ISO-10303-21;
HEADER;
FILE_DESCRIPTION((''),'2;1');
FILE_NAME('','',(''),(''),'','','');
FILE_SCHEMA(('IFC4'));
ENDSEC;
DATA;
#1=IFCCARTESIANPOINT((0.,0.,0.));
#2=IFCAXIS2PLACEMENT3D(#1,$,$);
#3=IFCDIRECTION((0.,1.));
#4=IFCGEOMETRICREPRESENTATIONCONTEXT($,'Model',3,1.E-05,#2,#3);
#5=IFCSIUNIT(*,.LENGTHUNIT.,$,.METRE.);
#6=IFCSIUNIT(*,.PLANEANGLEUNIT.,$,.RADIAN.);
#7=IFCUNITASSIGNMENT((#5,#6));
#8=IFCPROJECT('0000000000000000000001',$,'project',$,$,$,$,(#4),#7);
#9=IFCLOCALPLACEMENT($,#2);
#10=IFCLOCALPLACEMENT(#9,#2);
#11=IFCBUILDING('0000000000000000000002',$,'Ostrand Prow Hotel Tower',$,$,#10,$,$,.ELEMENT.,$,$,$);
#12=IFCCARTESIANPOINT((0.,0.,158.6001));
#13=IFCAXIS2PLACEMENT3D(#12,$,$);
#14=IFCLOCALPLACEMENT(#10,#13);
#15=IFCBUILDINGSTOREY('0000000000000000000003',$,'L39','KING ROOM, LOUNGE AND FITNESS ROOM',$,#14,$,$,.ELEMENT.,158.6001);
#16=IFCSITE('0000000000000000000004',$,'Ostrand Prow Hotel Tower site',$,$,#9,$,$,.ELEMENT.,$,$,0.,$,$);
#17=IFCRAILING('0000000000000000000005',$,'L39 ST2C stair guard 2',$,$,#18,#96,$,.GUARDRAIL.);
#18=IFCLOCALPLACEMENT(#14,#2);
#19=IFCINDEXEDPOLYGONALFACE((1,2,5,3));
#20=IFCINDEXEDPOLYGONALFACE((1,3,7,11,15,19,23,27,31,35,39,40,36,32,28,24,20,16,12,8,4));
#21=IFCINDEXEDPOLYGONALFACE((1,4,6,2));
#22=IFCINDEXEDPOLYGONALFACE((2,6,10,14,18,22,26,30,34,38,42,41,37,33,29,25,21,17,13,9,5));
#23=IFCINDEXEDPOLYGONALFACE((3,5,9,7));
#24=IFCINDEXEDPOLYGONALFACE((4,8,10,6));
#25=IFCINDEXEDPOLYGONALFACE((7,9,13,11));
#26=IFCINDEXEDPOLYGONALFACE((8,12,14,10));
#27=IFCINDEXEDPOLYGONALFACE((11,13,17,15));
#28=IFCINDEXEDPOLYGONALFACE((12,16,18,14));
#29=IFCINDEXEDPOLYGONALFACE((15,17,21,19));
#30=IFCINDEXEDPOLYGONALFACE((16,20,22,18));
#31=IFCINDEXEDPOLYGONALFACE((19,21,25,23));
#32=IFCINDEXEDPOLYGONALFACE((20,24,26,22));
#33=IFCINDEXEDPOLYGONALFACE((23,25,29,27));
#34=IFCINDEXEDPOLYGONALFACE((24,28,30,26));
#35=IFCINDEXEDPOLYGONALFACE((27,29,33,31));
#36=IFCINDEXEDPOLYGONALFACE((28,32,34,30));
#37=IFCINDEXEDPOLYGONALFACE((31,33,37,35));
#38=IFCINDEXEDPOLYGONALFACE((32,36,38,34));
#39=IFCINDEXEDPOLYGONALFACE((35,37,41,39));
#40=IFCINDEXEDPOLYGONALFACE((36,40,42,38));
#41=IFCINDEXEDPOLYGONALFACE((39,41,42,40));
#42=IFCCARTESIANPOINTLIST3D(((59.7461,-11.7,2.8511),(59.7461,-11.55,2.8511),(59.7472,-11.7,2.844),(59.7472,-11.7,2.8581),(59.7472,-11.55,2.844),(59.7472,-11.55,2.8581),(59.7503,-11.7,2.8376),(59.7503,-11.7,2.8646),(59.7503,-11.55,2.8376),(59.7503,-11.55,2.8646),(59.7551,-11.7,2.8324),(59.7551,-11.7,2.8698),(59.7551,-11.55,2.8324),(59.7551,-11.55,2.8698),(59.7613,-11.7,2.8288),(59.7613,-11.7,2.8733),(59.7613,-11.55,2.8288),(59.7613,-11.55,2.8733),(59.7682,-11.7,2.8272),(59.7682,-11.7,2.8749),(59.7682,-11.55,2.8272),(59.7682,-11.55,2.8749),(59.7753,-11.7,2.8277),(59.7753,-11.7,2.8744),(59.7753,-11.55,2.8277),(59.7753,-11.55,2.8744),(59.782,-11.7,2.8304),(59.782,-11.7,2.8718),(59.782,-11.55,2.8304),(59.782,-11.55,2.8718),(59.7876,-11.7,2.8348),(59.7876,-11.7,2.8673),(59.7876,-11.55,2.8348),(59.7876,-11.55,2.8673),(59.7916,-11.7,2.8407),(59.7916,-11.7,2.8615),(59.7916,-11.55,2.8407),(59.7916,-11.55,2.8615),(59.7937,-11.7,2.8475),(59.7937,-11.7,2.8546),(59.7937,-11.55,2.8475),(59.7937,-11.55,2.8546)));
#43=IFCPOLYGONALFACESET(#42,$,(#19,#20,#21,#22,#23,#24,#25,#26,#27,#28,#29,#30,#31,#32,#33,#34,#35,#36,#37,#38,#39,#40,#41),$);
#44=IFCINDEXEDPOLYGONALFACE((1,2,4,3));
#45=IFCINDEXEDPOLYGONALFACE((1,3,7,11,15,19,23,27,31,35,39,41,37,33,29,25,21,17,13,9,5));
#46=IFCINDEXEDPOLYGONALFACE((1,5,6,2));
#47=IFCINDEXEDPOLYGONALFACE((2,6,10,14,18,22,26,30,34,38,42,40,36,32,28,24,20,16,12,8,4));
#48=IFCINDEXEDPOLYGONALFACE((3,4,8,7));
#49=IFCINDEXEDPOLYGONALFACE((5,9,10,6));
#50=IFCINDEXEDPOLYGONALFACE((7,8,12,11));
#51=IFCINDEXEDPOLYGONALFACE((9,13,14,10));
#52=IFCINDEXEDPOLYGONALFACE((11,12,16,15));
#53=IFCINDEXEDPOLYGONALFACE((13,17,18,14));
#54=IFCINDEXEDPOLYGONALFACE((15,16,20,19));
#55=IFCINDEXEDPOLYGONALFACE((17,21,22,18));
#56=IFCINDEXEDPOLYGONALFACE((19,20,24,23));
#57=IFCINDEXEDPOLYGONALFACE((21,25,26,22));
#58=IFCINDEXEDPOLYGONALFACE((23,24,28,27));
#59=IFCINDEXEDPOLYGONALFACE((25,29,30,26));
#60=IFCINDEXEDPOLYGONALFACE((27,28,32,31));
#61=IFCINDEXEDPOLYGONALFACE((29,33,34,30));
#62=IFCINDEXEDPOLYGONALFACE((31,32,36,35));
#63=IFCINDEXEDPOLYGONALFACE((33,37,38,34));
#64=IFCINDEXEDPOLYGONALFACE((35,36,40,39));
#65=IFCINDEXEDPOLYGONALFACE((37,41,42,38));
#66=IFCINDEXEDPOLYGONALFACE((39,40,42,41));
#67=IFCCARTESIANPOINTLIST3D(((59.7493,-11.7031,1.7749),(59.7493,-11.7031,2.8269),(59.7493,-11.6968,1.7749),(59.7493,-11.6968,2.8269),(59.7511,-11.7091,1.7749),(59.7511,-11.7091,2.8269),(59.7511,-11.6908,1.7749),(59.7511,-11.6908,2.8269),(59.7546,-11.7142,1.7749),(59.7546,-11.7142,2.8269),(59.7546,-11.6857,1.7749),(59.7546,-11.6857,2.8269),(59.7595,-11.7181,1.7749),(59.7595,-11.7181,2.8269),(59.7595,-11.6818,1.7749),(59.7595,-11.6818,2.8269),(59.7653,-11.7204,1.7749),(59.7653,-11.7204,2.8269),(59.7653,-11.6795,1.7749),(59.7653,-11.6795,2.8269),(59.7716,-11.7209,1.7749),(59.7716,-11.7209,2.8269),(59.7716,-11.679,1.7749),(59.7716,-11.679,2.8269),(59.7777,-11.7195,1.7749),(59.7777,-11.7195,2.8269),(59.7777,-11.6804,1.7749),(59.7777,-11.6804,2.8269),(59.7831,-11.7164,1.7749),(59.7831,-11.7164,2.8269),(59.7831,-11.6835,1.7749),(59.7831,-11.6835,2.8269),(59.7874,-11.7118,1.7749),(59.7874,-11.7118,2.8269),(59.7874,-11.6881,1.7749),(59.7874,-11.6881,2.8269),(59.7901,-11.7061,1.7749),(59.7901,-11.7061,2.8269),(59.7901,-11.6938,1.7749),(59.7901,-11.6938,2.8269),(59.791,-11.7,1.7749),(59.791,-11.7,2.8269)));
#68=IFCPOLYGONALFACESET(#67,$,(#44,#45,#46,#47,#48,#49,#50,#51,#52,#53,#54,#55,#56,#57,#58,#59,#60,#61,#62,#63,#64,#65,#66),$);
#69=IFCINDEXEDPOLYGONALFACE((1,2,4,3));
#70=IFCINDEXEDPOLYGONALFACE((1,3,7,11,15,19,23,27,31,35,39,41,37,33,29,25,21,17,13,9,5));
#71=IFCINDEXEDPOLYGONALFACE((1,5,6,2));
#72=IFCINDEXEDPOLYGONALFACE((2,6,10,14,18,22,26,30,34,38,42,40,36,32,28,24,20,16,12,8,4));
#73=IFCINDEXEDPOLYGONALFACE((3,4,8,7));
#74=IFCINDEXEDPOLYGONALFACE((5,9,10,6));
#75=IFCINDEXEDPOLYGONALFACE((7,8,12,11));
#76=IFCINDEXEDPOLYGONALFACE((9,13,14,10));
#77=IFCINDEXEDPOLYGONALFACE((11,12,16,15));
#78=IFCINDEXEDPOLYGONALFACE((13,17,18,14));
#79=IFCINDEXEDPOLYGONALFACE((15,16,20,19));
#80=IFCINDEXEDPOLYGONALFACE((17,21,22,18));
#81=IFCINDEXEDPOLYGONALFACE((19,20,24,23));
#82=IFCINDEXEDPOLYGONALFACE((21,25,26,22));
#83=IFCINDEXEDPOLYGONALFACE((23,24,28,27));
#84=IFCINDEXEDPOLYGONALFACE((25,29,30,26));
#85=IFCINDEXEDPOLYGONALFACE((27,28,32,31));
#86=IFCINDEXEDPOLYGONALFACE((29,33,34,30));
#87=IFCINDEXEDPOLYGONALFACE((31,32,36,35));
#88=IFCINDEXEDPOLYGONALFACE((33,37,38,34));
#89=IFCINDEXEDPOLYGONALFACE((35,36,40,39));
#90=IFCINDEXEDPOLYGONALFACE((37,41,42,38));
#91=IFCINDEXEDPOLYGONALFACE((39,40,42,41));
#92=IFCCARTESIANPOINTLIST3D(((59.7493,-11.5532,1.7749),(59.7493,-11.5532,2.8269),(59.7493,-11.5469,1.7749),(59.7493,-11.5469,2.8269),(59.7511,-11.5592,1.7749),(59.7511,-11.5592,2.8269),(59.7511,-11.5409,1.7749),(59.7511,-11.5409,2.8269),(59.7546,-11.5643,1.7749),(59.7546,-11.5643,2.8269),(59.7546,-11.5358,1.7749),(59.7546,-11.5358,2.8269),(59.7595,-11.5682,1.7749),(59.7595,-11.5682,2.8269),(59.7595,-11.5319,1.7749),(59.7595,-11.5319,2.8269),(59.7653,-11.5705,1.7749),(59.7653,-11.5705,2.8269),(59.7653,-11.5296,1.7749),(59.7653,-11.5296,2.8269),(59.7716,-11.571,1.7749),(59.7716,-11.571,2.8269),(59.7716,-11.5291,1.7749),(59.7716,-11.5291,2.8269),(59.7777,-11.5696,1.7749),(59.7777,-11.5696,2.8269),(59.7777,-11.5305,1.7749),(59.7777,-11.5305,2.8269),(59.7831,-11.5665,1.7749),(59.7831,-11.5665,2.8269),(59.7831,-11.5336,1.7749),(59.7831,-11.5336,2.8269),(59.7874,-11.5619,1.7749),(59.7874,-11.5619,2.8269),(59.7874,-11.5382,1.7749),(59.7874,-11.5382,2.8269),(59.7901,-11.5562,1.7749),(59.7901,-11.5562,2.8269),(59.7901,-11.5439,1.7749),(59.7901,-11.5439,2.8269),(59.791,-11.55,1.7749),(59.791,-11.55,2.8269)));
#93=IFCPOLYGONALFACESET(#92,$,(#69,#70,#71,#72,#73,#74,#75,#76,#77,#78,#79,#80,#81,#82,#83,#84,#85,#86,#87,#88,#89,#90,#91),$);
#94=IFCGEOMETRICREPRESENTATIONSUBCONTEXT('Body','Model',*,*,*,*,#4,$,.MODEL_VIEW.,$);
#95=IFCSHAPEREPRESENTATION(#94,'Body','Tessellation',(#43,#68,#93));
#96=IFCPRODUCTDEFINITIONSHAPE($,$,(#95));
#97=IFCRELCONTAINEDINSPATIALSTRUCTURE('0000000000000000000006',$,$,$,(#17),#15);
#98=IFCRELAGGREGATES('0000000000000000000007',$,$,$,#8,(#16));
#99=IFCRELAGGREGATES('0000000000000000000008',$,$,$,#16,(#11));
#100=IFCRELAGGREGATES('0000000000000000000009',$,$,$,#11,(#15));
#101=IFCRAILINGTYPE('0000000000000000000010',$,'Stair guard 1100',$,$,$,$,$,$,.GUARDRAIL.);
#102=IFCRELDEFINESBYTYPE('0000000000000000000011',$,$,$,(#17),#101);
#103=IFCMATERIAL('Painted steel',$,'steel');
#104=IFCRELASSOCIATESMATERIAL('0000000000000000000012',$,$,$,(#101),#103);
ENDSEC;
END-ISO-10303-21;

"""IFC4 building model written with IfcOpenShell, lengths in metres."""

from ifc_helpers import new_model, si_unit, direction, frame, origin, origin_2d, place, context, subcontext, project, spatial, circle, extrude, material, type_object, element, save


model = new_model("IFC4")

# Units and contexts
model_context = context("Model", 3, precision=1e-05, world=origin(), true_north=direction((0.0, 1.0)))
body_context = subcontext(model_context, "Body", "Model", "MODEL_VIEW")
ifc_project = project(units=[si_unit("LENGTHUNIT", "METRE"), si_unit("PLANEANGLEUNIT", "RADIAN")], contexts=[model_context])

# Site, building, storey
site_placement = place(None, origin())
site = spatial("IfcSite", under=ifc_project, at=site_placement, Name="Ostrand Prow Hotel Tower site", CompositionType="ELEMENT", RefElevation=0.0)
building_placement = place(site_placement, origin())
building = spatial("IfcBuilding", under=site, at=building_placement, Name="Ostrand Prow Hotel Tower", CompositionType="ELEMENT")
storey_placement = place(building_placement, frame((0.0, 0.0, 158.6001)))
storey = spatial("IfcBuildingStorey", under=building, at=storey_placement, Name="L39", Description="KING ROOM, LOUNGE AND FITNESS ROOM", CompositionType="ELEMENT", Elevation=158.6001)

# Railing
ifc_material_1 = material(Name="Painted steel", Category="steel")
railing_type_1 = type_object("IfcRailingType", Name="Stair guard 1100", PredefinedType="GUARDRAIL", material=ifc_material_1)
railing_1_placement = place(storey_placement, frame((59.77, -11.7, 1.7749)))
element("IfcRailing", 1, at=railing_1_placement, inside=storey, type_object=railing_type_1, Name="L39 ST2C stair guard 2", PredefinedType="GUARDRAIL", context=body_context, shape_type="SweptSolid", body=[
    extrude(circle(Radius=0.0239, at=origin_2d()), frame((0.0, 0.0, 1.0762), z_axis=(0.0, 1.0, 0.0), x_axis=(-1.0, 0.0, 0.0)), (0.0, 0.0, 1.0), 0.1499),
    extrude(circle(Radius=0.021, at=origin_2d()), origin(), (0.0, 0.0, 1.0), 1.052),
    extrude(circle(Radius=0.021, at=origin_2d()), frame((0.0, 0.1499, 0.0)), (0.0, 0.0, 1.0), 1.052),
])

save(model, "model.ifc")
